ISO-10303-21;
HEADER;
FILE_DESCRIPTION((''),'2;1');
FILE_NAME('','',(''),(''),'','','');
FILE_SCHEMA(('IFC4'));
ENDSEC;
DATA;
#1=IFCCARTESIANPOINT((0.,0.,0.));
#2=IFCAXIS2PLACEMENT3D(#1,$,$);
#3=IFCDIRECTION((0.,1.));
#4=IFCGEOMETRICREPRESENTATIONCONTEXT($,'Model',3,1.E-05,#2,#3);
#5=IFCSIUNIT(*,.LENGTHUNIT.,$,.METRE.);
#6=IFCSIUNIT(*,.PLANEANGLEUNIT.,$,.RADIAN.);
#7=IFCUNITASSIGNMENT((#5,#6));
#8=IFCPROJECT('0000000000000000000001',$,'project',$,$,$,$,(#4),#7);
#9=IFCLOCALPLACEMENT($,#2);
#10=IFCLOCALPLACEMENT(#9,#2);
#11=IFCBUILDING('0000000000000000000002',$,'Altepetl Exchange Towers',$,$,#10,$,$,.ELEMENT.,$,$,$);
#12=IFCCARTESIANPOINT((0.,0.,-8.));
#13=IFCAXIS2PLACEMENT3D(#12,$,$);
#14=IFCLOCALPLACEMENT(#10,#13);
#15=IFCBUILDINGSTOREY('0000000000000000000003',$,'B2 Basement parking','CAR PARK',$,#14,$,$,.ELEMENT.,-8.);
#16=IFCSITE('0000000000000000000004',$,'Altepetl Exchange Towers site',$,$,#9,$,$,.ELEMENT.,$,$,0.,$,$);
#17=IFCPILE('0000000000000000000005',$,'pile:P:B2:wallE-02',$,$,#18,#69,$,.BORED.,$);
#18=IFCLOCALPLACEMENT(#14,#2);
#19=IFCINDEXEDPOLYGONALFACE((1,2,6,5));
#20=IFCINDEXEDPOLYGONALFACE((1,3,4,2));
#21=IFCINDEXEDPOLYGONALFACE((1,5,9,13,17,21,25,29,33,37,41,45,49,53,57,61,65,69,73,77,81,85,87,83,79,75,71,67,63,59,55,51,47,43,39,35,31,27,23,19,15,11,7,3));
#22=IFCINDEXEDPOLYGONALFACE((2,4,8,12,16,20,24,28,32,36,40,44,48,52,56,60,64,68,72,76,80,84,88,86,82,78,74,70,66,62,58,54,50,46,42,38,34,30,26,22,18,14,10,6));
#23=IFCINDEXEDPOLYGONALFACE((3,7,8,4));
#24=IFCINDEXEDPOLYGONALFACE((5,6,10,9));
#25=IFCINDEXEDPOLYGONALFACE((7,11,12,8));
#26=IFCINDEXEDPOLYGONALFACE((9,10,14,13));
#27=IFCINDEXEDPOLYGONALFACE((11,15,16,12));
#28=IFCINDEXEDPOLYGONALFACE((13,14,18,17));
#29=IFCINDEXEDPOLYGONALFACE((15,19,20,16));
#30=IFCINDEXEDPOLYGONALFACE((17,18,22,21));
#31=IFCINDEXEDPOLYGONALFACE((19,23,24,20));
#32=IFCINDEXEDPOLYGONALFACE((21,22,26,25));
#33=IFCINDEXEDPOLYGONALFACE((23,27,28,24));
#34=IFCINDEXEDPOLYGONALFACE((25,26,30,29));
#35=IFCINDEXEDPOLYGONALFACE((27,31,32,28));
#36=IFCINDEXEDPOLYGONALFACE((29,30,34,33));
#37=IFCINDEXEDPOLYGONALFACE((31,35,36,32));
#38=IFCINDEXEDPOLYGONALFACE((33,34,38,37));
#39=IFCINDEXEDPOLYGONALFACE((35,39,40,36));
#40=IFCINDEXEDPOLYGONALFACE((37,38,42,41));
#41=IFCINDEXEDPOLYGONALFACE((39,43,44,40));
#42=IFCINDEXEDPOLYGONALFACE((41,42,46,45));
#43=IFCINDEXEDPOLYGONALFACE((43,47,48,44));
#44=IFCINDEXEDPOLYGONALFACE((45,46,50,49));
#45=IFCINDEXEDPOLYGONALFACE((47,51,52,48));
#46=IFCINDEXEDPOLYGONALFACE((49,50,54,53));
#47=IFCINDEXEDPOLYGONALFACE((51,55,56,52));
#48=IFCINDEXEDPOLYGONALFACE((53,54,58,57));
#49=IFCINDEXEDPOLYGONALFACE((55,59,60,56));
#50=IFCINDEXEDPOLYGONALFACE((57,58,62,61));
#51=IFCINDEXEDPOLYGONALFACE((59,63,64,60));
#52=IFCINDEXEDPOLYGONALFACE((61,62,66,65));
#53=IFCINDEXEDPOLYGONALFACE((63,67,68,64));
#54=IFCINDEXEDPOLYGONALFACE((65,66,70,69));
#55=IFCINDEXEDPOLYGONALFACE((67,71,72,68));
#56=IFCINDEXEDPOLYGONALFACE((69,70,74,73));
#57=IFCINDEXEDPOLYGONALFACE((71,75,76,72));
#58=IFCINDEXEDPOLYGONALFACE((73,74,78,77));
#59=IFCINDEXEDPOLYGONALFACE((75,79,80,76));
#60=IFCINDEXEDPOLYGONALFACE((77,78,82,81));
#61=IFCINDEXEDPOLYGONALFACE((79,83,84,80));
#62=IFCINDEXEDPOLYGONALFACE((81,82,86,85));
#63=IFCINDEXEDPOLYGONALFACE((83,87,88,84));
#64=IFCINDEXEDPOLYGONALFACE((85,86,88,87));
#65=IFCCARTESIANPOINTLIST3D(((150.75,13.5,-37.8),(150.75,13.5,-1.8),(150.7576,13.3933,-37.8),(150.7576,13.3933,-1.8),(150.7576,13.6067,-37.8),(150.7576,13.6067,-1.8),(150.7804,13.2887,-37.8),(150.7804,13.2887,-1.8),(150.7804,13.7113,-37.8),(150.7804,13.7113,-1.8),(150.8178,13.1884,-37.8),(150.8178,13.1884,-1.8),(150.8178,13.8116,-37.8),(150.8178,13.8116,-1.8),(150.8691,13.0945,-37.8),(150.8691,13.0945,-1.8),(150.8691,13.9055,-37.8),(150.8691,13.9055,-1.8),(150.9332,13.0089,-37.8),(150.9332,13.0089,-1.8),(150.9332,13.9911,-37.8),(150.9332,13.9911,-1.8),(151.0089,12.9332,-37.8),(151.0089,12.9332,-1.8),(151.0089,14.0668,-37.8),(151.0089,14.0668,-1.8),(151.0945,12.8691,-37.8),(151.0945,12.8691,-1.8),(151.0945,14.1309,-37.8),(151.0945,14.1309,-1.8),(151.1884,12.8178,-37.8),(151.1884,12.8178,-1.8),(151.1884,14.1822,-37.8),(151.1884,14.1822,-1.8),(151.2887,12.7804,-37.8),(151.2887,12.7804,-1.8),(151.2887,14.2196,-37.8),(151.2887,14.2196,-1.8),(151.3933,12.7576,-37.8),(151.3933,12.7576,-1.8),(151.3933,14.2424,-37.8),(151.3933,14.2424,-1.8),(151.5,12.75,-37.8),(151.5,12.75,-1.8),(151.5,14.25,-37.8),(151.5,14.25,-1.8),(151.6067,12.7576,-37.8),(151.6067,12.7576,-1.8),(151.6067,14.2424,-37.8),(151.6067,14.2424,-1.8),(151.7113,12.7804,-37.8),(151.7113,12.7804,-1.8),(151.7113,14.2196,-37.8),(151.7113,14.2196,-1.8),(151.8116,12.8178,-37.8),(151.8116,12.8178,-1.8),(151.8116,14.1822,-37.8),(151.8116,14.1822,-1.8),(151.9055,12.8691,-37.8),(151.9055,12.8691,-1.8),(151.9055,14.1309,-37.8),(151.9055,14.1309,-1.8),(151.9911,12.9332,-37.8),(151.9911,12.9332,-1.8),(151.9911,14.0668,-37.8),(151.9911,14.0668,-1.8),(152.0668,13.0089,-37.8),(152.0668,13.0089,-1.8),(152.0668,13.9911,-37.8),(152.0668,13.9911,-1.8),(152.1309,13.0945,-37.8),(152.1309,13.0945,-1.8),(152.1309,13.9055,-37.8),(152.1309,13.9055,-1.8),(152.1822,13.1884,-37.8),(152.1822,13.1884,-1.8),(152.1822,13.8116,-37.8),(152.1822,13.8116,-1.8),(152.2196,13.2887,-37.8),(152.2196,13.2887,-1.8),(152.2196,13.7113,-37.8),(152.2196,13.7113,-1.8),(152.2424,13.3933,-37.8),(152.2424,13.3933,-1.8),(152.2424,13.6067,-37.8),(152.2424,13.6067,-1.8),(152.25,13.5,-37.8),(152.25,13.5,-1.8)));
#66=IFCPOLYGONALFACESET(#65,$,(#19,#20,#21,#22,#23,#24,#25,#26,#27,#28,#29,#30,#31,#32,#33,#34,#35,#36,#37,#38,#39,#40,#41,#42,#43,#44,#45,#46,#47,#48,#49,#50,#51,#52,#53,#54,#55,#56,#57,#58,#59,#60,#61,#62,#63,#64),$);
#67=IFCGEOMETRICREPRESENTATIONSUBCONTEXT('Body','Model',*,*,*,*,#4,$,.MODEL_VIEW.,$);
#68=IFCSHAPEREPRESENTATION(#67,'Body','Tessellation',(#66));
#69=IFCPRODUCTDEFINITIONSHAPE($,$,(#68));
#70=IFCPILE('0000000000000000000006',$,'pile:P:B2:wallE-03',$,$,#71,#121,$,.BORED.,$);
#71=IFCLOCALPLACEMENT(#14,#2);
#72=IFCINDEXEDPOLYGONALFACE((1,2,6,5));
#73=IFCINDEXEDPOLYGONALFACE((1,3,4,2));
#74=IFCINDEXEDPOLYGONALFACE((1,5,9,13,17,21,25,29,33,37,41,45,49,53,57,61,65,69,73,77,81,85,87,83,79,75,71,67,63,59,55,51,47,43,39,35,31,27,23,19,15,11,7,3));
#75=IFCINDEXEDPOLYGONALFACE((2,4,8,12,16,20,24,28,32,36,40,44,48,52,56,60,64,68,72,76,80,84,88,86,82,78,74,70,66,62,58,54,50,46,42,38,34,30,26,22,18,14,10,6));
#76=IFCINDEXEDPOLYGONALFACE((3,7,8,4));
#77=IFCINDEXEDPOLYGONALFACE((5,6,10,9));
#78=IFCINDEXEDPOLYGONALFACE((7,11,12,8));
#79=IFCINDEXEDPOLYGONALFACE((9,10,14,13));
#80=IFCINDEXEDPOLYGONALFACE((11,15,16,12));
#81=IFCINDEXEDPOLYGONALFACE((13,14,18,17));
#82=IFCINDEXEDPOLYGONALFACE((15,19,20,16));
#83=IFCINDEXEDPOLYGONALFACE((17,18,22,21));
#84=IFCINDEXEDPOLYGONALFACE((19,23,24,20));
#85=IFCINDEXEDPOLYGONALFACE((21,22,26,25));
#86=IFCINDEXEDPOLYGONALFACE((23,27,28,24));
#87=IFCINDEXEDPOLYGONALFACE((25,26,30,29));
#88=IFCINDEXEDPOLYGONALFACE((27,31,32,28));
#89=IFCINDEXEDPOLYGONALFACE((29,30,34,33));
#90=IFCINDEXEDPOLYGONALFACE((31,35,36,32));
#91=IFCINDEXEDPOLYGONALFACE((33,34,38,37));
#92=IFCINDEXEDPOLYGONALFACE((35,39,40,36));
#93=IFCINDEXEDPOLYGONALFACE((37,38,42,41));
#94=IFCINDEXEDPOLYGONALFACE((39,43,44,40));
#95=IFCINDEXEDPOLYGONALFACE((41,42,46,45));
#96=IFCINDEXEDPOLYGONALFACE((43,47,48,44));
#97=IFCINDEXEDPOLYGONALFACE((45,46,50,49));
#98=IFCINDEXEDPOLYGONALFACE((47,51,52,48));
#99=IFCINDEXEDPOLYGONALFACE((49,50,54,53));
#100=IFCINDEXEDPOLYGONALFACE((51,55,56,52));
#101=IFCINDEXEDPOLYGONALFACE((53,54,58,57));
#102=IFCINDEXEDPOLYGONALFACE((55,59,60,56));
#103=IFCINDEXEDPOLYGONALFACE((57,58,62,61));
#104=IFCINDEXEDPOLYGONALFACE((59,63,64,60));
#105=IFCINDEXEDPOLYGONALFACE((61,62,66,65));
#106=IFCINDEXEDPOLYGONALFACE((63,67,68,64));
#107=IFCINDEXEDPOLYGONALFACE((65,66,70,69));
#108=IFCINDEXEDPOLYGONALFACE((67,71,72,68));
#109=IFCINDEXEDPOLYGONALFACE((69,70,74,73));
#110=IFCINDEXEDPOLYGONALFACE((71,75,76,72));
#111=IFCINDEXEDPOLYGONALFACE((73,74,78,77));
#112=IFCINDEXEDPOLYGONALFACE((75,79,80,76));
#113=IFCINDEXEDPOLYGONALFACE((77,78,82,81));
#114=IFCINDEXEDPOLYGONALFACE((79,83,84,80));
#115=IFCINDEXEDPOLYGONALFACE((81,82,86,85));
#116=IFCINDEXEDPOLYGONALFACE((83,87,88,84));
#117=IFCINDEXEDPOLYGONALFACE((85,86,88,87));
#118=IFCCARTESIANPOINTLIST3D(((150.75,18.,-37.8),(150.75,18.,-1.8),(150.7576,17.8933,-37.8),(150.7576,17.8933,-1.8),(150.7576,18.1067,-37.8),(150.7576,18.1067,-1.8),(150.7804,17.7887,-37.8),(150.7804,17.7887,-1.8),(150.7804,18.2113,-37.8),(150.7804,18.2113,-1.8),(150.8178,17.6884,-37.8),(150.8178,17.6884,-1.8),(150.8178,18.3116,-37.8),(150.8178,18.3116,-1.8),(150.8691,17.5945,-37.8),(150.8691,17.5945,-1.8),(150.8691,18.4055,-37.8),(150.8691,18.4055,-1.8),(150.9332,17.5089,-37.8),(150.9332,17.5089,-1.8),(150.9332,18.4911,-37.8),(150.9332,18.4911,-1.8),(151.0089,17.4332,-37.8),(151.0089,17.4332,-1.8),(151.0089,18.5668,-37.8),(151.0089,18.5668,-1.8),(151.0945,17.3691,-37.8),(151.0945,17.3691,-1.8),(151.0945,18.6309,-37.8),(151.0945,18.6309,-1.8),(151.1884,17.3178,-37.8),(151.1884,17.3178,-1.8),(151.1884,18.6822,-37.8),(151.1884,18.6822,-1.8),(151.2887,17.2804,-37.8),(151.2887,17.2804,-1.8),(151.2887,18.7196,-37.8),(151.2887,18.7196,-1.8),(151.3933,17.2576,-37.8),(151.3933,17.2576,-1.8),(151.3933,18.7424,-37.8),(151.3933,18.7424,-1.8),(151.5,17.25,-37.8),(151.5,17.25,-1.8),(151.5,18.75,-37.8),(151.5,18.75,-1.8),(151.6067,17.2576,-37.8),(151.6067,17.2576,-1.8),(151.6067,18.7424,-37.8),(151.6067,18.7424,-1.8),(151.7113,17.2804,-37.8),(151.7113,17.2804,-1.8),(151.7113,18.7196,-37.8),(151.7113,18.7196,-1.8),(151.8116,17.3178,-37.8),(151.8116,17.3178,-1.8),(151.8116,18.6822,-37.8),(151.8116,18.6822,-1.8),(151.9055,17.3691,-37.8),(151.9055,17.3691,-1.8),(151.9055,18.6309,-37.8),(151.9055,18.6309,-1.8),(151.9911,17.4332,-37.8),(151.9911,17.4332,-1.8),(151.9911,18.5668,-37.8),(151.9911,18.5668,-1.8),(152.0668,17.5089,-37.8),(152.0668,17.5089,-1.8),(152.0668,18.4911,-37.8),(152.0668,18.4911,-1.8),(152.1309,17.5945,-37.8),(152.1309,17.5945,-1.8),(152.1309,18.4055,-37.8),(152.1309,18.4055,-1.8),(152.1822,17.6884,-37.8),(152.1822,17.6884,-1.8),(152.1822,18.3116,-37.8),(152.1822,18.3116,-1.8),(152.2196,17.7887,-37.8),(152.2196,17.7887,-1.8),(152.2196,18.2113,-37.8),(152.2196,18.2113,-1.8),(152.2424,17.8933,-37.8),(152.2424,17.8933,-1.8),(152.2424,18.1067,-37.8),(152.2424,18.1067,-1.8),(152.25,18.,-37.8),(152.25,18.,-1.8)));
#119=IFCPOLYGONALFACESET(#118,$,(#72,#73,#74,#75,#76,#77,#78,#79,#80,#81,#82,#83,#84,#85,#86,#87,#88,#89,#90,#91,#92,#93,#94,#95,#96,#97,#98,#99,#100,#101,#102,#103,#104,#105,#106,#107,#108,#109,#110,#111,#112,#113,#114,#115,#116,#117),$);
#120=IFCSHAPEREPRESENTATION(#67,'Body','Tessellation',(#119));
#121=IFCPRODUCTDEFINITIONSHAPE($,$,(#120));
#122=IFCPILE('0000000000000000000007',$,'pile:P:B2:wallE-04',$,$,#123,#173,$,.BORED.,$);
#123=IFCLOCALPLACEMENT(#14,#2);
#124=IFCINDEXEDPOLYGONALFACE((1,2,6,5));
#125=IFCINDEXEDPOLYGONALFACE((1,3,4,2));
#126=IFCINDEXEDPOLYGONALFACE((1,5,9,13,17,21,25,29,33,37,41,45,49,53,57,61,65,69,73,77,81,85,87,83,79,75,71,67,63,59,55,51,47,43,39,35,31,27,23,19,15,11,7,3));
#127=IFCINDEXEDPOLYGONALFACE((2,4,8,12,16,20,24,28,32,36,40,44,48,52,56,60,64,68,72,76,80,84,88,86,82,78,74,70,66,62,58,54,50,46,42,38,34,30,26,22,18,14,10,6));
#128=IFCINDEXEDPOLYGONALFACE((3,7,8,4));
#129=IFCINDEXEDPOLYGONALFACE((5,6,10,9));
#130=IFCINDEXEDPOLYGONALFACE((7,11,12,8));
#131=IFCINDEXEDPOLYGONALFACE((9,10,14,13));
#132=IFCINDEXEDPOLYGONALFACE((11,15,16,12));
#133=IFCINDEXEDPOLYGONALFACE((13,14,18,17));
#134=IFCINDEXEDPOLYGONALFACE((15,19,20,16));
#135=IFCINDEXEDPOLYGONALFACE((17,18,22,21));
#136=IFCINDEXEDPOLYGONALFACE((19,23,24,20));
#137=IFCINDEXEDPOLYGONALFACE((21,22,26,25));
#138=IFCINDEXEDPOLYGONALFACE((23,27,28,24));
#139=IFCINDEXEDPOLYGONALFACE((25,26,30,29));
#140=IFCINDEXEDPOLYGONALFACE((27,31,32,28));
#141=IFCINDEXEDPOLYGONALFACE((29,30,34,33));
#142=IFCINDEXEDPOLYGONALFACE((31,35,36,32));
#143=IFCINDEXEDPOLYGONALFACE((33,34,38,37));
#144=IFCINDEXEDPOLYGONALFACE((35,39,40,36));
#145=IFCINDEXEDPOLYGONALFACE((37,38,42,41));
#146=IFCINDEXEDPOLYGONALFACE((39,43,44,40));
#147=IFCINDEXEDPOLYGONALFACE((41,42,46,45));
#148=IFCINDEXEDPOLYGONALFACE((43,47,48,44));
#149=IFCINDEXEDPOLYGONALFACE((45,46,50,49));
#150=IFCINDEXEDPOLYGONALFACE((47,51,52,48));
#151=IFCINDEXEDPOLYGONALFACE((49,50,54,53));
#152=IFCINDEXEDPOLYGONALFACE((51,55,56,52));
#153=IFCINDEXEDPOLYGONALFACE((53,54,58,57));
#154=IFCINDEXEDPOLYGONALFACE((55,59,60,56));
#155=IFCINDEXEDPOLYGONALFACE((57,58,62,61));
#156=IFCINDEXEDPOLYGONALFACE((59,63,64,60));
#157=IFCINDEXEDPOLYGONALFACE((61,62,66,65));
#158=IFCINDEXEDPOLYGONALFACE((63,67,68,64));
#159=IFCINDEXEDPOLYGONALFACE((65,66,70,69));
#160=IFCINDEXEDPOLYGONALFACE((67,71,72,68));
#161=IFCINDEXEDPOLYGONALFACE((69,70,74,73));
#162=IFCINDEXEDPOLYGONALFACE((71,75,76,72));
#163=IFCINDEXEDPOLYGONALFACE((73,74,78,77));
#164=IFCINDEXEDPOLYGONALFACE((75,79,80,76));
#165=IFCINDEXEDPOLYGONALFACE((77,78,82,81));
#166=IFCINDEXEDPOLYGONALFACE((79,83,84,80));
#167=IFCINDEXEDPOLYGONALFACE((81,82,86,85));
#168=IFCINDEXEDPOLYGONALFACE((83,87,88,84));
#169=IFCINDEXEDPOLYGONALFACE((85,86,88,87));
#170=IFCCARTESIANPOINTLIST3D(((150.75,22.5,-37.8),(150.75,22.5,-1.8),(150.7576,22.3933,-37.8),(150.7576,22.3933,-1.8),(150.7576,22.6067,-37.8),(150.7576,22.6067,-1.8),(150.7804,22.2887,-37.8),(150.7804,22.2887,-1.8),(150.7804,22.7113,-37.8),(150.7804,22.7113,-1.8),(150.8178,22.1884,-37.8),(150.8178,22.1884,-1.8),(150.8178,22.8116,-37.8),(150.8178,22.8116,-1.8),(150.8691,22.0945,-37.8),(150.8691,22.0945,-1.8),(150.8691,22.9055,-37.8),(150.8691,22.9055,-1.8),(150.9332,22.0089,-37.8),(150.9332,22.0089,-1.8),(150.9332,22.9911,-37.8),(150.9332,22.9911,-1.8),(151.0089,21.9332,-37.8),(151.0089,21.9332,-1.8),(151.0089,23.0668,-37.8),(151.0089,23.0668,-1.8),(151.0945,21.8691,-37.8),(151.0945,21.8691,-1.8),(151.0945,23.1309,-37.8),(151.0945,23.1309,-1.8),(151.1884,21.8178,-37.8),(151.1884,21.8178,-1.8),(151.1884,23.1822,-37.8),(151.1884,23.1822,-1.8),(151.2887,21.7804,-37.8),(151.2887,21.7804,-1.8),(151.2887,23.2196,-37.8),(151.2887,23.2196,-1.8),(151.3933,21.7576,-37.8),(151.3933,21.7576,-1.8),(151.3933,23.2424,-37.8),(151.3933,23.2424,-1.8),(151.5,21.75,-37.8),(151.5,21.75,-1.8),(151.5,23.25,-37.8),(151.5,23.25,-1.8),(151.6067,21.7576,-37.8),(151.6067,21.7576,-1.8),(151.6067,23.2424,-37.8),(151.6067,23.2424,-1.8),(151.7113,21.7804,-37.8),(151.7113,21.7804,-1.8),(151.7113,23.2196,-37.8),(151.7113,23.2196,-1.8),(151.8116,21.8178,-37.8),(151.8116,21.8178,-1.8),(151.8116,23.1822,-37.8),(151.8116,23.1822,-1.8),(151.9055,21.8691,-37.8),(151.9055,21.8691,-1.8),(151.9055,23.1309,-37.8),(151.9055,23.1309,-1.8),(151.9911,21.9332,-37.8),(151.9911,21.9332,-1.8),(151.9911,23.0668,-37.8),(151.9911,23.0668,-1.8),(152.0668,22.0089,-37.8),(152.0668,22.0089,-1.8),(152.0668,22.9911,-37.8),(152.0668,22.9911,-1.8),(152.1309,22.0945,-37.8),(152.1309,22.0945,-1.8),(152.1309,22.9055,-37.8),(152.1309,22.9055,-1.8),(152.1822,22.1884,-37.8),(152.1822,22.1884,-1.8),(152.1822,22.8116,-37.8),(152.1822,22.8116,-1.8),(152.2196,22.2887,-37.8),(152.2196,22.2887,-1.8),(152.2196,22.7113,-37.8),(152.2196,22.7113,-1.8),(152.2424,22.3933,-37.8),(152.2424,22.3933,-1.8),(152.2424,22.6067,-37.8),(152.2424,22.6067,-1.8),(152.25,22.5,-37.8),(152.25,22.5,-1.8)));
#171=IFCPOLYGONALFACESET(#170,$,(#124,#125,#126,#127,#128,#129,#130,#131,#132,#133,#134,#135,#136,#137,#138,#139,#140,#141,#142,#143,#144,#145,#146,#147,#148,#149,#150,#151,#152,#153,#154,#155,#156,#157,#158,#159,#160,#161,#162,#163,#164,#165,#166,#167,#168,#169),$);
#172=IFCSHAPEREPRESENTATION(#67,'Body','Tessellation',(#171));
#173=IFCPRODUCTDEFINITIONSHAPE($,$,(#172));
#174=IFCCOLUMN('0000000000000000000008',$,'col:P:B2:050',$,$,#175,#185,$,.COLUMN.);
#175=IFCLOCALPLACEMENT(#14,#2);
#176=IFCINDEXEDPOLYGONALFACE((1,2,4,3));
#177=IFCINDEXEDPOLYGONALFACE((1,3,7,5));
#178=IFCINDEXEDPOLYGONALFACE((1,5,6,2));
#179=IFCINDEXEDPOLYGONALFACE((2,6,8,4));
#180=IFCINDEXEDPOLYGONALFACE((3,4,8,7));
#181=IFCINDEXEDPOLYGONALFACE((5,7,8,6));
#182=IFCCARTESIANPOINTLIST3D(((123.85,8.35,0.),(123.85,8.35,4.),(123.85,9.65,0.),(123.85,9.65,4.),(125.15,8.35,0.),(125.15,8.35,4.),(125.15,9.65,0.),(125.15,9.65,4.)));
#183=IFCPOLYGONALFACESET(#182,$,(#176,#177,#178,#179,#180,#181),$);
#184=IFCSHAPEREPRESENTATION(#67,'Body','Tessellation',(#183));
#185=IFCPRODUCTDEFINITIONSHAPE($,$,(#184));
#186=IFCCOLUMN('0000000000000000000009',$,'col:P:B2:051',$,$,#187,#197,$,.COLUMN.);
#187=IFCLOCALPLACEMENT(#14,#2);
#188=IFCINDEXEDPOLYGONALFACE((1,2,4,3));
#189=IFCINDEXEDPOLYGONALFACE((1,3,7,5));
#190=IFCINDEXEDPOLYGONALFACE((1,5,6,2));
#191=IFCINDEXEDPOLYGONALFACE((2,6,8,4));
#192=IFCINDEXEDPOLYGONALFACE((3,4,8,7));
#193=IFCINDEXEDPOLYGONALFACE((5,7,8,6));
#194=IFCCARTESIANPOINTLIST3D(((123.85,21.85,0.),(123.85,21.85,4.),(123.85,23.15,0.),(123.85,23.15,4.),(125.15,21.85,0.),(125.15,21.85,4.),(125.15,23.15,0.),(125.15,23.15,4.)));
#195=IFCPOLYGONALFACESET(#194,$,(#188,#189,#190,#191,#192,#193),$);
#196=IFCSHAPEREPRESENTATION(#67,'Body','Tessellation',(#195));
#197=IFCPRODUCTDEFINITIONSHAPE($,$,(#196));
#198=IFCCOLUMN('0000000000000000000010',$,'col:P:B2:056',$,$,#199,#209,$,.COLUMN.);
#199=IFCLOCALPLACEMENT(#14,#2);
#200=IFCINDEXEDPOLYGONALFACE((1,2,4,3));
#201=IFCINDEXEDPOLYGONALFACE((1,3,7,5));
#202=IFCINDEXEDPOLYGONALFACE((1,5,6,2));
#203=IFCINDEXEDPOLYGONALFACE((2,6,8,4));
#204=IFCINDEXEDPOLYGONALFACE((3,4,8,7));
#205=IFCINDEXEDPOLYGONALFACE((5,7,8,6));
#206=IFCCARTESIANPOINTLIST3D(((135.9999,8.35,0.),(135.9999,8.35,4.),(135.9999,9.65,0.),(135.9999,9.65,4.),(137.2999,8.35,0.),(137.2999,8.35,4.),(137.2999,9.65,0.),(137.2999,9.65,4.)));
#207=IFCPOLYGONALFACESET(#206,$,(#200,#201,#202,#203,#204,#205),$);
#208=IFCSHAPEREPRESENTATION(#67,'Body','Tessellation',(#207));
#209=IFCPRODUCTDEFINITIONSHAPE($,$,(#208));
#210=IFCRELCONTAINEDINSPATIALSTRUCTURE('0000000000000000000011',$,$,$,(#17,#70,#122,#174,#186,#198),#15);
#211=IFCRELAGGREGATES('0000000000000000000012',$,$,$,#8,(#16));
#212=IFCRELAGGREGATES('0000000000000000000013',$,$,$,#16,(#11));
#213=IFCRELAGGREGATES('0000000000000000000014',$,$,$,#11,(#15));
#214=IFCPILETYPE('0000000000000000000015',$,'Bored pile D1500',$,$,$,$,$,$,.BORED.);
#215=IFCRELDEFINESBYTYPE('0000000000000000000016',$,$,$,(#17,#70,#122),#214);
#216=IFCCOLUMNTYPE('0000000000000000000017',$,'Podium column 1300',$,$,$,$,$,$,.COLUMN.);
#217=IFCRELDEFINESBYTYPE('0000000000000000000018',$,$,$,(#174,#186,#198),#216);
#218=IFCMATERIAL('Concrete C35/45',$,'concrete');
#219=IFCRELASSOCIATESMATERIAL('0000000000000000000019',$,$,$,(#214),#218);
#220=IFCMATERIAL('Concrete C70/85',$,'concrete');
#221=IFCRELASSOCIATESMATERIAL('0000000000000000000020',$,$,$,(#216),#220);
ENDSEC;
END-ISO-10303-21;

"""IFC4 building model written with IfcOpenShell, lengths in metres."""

from ifc_helpers import new_model, si_unit, direction, frame, origin, origin_2d, place, context, subcontext, project, spatial, rectangle, circle, extrude, material, material_profile, profile_set, type_object, element, save


model = new_model("IFC4")

# Units and contexts
model_context = context("Model", 3, precision=1e-05, world=origin(), true_north=direction((0.0, 1.0)))
body_context = subcontext(model_context, "Body", "Model", "MODEL_VIEW")
ifc_project = project(units=[si_unit("LENGTHUNIT", "METRE"), si_unit("PLANEANGLEUNIT", "RADIAN")], contexts=[model_context])

# Site, building, storey
site_placement = place(None, origin())
site = spatial("IfcSite", under=ifc_project, at=site_placement, Name="Altepetl Exchange Towers site", CompositionType="ELEMENT", RefElevation=0.0)
building_placement = place(site_placement, origin())
building = spatial("IfcBuilding", under=site, at=building_placement, Name="Altepetl Exchange Towers", CompositionType="ELEMENT")
storey_placement = place(building_placement, frame((0.0, 0.0, -8.0)))
storey = spatial("IfcBuildingStorey", under=building, at=storey_placement, Name="B2 Basement parking", Description="CAR PARK", CompositionType="ELEMENT", Elevation=-8.0)

# Piles
ifc_material_1 = material(Name="Concrete C35/45", Category="concrete")
ifc_material_profile_1 = material_profile(ifc_material_1, circle(Radius=0.75, at=origin_2d()), Name="D1500")
ifc_profile_set_1 = profile_set([ifc_material_profile_1], Name="Concrete C35/45")
pile_type_1 = type_object("IfcPileType", Name="Bored pile D1500", PredefinedType="BORED", material=ifc_profile_set_1)
for number, where, z_axis, x_axis, name in (
    (1, (151.5, 13.5, -1.8), (0.0, 0.0, -1.0), (1.0, 0.0, 0.0), "pile:P:B2:wallE-02"),
    (2, (151.5, 18.0, -1.8), (0.0, 0.0, -1.0), (1.0, 0.0, 0.0), "pile:P:B2:wallE-03"),
    (3, (151.5, 22.5, -1.8), (0.0, 0.0, -1.0), (1.0, 0.0, 0.0), "pile:P:B2:wallE-04"),
):
    element("IfcPile", number, at=place(storey_placement, frame(where, z_axis=z_axis, x_axis=x_axis)), inside=storey, type_object=pile_type_1, Name=name, PredefinedType="BORED", context=body_context, shape_type="SweptSolid", body=[
        extrude(circle(Radius=0.75, at=origin_2d()), origin(), (0.0, 0.0, 1.0), 36.0),
    ])

# Columns
ifc_material_2 = material(Name="Concrete C70/85", Category="concrete")
ifc_material_profile_2 = material_profile(ifc_material_2, rectangle(XDim=1.3, YDim=1.3, at=origin_2d()), Name="1300 x 1300")
ifc_profile_set_2 = profile_set([ifc_material_profile_2], Name="Concrete C70/85")
column_type = type_object("IfcColumnType", Name="Podium column 1300", PredefinedType="COLUMN", material=ifc_profile_set_2)
for number, where, name in (
    (4, (124.5, 9.0, 0.0), "col:P:B2:050"),
    (5, (124.5, 22.5, 0.0), "col:P:B2:051"),
    (6, (136.6499, 9.0, 0.0), "col:P:B2:056"),
):
    element("IfcColumn", number, at=place(storey_placement, frame(where)), inside=storey, type_object=column_type, Name=name, PredefinedType="COLUMN", context=body_context, shape_type="SweptSolid", body=[
        extrude(rectangle(XDim=1.3, YDim=1.3, at=origin_2d()), origin(), (0.0, 0.0, 1.0), 4.0),
    ])

save(model, "model.ifc")
